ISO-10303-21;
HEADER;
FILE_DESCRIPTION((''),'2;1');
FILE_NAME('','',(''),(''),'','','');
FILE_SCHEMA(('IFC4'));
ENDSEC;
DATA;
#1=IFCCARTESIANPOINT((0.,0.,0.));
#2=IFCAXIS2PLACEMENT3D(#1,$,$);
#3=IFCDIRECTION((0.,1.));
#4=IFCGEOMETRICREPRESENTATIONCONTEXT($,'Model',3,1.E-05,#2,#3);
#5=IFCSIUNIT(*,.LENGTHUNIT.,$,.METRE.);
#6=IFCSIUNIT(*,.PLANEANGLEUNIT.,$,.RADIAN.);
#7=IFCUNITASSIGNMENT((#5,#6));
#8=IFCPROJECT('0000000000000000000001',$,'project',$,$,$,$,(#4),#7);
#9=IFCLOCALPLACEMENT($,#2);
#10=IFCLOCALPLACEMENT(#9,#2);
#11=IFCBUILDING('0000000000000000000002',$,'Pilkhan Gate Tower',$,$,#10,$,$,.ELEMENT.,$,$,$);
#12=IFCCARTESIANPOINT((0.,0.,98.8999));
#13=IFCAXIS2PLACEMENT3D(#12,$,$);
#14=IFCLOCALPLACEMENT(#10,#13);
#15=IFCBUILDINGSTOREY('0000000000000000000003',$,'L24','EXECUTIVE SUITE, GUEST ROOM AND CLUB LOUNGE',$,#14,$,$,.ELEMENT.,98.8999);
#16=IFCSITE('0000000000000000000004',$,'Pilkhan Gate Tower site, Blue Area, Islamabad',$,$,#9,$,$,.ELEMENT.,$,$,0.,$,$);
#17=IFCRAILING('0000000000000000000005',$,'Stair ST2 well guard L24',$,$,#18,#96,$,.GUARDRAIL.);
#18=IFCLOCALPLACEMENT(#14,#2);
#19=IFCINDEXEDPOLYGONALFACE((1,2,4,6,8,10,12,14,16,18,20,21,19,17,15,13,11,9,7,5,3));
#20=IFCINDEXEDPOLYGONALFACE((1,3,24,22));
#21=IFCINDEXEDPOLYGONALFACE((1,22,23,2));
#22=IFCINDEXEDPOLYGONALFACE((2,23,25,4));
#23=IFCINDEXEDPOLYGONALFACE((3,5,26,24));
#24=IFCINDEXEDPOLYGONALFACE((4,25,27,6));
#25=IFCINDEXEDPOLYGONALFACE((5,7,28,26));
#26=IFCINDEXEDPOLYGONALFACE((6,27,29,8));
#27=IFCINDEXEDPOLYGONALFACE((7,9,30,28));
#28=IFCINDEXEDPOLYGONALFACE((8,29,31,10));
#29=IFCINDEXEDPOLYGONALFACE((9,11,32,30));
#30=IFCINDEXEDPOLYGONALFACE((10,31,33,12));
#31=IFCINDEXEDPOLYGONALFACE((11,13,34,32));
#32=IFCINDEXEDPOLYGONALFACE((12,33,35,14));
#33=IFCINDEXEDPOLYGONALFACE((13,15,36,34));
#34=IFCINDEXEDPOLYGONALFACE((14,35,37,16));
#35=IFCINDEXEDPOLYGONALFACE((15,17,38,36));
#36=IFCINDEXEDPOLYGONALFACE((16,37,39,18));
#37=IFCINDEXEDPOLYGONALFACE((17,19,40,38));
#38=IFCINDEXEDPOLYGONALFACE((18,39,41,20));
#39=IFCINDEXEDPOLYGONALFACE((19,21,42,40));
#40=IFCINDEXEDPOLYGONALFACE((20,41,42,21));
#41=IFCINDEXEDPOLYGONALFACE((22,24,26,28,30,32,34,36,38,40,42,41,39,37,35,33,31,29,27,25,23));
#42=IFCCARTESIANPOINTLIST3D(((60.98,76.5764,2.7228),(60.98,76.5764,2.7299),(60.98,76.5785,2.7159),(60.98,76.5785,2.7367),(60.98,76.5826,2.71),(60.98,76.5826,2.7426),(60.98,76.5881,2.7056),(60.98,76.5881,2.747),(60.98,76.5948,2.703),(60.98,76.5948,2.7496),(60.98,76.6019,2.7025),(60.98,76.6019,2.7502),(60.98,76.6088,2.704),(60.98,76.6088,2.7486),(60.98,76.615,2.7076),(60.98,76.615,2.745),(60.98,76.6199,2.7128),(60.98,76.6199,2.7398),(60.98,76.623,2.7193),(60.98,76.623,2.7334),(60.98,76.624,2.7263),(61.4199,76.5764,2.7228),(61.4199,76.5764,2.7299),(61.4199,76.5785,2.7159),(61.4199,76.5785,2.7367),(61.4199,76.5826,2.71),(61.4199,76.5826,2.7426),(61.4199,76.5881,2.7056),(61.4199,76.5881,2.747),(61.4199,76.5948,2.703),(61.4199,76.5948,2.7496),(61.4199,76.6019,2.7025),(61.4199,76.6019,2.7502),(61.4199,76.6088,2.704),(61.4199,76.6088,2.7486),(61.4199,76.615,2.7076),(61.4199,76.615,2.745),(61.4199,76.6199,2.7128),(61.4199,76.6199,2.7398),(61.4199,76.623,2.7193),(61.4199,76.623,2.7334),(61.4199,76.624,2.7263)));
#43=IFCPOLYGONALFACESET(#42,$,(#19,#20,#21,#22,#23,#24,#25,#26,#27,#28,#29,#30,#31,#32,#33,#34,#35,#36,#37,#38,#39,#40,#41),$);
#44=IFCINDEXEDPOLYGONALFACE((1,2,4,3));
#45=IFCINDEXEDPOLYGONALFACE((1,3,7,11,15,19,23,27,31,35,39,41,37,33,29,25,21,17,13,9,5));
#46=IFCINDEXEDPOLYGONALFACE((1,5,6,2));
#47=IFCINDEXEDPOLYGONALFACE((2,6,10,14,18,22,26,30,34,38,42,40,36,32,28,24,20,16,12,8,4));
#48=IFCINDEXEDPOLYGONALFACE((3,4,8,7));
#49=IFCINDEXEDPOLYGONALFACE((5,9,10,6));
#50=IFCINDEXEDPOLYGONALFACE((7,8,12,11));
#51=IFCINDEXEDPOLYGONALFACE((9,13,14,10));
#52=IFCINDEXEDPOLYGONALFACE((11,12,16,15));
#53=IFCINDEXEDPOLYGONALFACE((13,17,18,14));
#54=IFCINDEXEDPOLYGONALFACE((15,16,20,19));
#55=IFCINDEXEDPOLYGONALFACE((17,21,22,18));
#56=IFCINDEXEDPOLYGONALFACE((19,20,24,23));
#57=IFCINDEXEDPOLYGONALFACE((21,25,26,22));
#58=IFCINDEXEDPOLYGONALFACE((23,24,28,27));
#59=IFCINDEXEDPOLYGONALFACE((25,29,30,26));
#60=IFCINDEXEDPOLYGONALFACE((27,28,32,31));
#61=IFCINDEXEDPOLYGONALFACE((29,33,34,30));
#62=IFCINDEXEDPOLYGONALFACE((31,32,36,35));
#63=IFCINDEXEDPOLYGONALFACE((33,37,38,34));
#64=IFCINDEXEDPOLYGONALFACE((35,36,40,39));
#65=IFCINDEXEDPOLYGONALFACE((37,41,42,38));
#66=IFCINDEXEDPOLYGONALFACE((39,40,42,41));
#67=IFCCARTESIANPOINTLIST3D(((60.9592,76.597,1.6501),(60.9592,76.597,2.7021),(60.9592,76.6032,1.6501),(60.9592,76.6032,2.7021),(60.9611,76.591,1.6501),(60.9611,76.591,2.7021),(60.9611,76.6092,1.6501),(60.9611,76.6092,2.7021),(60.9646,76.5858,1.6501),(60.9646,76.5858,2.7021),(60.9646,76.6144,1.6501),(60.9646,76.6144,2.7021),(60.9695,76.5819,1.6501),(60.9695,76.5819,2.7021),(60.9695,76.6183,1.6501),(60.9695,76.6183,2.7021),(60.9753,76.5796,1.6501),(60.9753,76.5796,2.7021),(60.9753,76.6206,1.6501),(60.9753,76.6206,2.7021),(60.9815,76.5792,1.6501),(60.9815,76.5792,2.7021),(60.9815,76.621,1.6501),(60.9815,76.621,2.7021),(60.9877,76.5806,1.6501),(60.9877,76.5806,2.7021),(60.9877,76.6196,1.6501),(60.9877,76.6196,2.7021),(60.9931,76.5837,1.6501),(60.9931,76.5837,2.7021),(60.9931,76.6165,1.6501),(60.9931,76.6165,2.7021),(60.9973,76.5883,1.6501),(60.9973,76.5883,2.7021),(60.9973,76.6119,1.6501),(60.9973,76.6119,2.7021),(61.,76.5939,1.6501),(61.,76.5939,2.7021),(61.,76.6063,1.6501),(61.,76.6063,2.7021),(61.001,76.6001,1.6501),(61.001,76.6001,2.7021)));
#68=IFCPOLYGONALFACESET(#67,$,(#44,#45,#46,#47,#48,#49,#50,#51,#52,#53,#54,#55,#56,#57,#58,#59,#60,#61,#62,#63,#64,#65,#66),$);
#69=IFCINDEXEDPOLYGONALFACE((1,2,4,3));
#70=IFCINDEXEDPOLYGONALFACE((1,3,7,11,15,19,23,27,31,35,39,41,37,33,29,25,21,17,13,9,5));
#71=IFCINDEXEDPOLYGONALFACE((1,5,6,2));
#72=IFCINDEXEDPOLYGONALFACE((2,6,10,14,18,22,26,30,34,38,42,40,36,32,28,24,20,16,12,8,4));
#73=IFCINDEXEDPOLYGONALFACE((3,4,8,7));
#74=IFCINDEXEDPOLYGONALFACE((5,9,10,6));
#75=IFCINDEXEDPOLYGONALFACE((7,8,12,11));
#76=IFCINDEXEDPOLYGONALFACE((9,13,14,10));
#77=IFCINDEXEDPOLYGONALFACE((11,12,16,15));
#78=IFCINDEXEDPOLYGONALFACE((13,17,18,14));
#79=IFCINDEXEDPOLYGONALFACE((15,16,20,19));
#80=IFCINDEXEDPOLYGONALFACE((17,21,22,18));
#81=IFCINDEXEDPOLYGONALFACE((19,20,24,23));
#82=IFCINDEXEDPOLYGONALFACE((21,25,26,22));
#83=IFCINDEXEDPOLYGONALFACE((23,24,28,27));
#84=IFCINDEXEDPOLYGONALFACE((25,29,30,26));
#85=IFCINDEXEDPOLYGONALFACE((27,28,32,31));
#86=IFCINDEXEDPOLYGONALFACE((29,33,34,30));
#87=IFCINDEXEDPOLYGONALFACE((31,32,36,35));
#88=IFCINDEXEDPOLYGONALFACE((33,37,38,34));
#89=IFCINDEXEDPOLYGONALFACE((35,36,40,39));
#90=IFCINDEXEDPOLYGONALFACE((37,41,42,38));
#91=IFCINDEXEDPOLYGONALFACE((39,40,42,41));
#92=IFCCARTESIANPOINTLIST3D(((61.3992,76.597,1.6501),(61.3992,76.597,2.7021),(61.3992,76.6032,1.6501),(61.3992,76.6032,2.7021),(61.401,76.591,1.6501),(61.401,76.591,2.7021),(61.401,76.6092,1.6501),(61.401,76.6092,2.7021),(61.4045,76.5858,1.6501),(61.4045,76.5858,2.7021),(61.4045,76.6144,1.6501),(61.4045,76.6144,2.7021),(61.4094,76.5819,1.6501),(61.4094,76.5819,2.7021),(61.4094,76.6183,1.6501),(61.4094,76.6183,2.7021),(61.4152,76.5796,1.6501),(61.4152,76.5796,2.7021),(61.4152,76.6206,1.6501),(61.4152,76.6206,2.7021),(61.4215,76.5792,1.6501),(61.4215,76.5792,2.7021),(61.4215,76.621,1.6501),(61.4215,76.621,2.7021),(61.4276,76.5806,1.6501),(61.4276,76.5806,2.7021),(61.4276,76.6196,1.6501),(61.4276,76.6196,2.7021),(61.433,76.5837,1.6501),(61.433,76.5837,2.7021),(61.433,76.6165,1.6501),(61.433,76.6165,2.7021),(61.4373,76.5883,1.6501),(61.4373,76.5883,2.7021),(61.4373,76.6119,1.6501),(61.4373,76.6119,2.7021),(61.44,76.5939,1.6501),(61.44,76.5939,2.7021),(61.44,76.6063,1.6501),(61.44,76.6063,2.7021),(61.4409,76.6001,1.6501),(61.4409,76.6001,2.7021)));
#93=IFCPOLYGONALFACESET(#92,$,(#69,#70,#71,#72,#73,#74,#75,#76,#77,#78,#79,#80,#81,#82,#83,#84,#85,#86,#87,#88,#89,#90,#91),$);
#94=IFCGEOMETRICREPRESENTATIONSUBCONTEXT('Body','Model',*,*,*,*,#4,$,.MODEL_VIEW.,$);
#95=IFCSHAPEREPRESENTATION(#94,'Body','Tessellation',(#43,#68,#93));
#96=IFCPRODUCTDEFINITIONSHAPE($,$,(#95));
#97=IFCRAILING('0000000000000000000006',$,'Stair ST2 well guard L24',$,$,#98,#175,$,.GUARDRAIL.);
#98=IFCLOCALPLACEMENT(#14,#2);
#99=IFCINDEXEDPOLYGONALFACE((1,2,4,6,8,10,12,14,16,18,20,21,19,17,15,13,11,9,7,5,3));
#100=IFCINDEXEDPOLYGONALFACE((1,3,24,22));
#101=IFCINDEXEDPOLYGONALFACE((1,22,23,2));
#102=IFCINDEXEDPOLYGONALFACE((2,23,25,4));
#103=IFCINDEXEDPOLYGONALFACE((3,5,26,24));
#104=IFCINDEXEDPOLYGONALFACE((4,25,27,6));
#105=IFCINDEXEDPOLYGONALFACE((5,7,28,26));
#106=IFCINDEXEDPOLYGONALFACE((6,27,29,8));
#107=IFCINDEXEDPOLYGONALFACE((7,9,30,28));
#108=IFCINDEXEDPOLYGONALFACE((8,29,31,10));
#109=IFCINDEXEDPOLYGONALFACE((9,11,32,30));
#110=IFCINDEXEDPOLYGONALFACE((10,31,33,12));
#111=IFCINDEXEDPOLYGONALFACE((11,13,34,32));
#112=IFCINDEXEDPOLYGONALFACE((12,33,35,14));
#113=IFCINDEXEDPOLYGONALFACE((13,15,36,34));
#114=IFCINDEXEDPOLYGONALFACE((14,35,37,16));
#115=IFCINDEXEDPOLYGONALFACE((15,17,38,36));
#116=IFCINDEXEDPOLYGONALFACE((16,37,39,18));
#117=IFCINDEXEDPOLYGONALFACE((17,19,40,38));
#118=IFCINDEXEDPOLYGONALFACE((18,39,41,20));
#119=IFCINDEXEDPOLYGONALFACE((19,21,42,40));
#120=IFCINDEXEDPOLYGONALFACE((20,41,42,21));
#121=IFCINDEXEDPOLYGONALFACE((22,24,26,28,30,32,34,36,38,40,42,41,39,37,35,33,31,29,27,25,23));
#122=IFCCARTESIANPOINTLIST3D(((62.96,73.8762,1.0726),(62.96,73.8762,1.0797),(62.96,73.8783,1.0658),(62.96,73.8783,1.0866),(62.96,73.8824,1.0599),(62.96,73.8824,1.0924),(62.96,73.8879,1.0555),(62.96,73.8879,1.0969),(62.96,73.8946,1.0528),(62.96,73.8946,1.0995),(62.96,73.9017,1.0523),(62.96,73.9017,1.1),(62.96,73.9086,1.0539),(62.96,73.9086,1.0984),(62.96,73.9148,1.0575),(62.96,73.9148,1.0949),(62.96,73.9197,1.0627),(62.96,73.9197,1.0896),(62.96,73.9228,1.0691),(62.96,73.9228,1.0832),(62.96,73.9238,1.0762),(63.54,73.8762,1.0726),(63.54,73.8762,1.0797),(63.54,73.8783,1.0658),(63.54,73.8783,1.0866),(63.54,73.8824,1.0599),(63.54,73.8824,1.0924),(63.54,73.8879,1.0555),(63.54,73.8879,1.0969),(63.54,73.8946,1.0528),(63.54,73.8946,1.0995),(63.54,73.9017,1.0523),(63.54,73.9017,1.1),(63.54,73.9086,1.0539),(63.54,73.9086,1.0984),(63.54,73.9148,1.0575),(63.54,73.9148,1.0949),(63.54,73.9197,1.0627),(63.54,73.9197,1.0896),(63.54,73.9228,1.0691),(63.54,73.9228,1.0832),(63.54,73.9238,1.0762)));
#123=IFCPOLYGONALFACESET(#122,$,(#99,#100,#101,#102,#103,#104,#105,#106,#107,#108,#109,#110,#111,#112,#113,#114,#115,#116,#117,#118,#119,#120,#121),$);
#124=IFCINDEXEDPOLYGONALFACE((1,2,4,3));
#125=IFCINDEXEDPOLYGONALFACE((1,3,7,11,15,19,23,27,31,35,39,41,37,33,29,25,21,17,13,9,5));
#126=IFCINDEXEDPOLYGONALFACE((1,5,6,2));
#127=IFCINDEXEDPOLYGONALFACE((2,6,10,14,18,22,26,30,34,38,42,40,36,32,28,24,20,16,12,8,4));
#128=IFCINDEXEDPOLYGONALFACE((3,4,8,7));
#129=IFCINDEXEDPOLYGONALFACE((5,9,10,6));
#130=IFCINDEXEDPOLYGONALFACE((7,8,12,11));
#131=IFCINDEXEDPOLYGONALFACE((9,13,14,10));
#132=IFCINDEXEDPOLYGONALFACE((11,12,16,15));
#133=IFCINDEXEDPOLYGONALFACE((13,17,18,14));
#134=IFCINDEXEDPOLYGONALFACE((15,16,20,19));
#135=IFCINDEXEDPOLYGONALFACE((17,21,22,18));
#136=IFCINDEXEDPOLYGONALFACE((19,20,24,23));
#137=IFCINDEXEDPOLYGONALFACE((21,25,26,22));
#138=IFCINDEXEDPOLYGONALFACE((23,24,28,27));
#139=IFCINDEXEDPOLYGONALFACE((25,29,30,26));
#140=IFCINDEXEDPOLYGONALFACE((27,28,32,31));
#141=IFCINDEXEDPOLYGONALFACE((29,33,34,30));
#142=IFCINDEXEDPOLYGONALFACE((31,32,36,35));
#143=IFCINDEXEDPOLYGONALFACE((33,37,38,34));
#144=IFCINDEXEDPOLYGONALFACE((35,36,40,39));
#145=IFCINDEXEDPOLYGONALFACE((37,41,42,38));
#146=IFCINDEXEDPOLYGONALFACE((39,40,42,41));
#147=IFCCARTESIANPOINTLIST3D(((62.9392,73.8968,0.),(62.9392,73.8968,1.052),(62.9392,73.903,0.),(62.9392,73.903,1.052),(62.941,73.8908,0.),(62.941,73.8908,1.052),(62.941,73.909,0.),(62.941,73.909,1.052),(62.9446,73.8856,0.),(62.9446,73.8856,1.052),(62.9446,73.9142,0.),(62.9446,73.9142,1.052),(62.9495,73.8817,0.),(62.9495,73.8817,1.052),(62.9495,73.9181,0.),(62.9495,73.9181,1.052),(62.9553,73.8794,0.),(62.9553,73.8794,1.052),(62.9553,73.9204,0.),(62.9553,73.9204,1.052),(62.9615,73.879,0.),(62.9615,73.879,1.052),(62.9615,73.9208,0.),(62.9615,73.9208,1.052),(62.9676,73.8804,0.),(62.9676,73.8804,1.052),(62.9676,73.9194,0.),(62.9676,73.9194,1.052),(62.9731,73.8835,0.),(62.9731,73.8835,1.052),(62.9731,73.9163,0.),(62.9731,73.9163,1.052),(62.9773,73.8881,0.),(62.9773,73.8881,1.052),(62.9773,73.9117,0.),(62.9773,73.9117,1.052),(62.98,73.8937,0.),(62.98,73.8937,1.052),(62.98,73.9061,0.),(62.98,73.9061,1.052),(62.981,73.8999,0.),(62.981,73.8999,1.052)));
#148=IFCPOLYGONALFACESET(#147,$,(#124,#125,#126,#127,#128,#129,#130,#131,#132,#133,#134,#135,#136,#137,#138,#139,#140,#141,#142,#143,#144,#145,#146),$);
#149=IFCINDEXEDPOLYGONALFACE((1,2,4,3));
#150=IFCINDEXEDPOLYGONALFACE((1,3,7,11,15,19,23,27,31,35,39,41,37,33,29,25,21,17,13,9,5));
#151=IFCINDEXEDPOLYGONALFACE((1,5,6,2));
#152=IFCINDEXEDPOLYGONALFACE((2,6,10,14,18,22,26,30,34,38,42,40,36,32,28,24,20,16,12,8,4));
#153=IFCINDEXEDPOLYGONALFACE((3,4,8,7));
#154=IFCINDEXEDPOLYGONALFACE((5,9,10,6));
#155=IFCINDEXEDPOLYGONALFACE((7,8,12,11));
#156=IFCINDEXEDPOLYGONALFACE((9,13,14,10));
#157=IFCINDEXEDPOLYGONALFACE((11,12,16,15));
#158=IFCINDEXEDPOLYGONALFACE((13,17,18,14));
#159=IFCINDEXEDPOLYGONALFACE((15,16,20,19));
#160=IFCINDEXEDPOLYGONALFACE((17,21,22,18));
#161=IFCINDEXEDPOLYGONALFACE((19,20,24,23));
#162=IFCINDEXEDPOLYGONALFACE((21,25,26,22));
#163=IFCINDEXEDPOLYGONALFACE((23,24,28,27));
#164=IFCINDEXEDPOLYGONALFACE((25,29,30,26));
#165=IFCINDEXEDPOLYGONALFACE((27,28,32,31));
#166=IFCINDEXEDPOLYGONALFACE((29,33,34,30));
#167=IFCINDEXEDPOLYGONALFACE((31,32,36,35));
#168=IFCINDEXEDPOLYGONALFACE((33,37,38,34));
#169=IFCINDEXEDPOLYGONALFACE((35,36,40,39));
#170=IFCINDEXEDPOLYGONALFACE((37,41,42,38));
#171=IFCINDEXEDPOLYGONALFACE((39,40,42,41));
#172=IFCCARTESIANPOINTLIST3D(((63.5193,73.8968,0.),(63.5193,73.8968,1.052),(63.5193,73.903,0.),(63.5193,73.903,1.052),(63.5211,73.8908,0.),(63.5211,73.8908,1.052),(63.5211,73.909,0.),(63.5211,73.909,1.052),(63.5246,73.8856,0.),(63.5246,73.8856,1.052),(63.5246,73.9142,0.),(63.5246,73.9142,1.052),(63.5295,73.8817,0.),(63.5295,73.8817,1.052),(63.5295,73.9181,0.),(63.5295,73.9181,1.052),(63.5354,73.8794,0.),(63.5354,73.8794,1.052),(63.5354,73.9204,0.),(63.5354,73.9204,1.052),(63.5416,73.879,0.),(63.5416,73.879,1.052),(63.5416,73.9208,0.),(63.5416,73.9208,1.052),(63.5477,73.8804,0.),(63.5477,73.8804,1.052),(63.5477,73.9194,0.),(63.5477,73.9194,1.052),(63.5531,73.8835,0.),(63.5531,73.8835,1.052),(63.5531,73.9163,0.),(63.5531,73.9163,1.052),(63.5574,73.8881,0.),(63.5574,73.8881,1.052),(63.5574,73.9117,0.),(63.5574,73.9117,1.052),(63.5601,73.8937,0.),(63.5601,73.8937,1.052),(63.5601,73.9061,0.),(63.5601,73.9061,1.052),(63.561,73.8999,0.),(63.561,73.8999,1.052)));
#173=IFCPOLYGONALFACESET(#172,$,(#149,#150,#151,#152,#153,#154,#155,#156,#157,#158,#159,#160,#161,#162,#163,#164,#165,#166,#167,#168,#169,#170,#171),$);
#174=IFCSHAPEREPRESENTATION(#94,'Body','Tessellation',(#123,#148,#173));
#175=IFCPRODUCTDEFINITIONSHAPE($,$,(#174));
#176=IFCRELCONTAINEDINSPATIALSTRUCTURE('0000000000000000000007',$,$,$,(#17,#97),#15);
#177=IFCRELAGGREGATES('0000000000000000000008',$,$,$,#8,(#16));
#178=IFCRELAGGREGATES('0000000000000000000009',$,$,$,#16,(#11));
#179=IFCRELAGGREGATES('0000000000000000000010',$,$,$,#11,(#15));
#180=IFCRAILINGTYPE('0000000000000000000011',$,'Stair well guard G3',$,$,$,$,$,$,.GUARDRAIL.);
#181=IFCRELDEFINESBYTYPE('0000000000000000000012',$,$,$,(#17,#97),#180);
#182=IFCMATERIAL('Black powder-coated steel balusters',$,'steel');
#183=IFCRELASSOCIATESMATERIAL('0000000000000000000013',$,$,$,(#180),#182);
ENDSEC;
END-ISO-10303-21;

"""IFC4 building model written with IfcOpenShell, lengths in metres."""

from ifc_helpers import new_model, si_unit, direction, frame, origin, origin_2d, place, context, subcontext, project, spatial, circle, extrude, material, type_object, element, save


model = new_model("IFC4")

# Units and contexts
model_context = context("Model", 3, precision=1e-05, world=origin(), true_north=direction((0.0, 1.0)))
body_context = subcontext(model_context, "Body", "Model", "MODEL_VIEW")
ifc_project = project(units=[si_unit("LENGTHUNIT", "METRE"), si_unit("PLANEANGLEUNIT", "RADIAN")], contexts=[model_context])

# Site, building, storey
site_placement = place(None, origin())
site = spatial("IfcSite", under=ifc_project, at=site_placement, Name="Pilkhan Gate Tower site, Blue Area, Islamabad", CompositionType="ELEMENT", RefElevation=0.0)
building_placement = place(site_placement, origin())
building = spatial("IfcBuilding", under=site, at=building_placement, Name="Pilkhan Gate Tower", CompositionType="ELEMENT")
storey_placement = place(building_placement, frame((0.0, 0.0, 98.8999)))
storey = spatial("IfcBuildingStorey", under=building, at=storey_placement, Name="L24", Description="EXECUTIVE SUITE, GUEST ROOM AND CLUB LOUNGE", CompositionType="ELEMENT", Elevation=98.8999)

# Railings
ifc_material_1 = material(Name="Black powder-coated steel balusters", Category="steel")
railing_type_1 = type_object("IfcRailingType", Name="Stair well guard G3", PredefinedType="GUARDRAIL", material=ifc_material_1)
railing_1_placement = place(storey_placement, frame((60.98, 76.6001, 1.6501)))
element("IfcRailing", 1, at=railing_1_placement, inside=storey, type_object=railing_type_1, Name="Stair ST2 well guard L24", PredefinedType="GUARDRAIL", context=body_context, shape_type="SweptSolid", body=[
    extrude(circle(Radius=0.0239, at=origin_2d()), frame((0.0, 0.0, 1.0762), z_axis=(1.0, 0.0, 0.0), x_axis=(0.0, 1.0, 0.0)), (0.0, 0.0, 1.0), 0.4399),
    extrude(circle(Radius=0.021, at=origin_2d()), origin(), (0.0, 0.0, 1.0), 1.052),
    extrude(circle(Radius=0.021, at=origin_2d()), frame((0.4399, 0.0, 0.0)), (0.0, 0.0, 1.0), 1.052),
])
for number, where, name in (
    (2, (62.96, 73.8999, 0.0), "Stair ST2 well guard L24"),
):
    element("IfcRailing", number, at=place(storey_placement, frame(where)), inside=storey, type_object=railing_type_1, Name=name, PredefinedType="GUARDRAIL", context=body_context, shape_type="SweptSolid", body=[
        extrude(circle(Radius=0.0239, at=origin_2d()), frame((0.0, 0.0, 1.0762), z_axis=(1.0, 0.0, 0.0), x_axis=(0.0, 1.0, 0.0)), (0.0, 0.0, 1.0), 0.5801),
        extrude(circle(Radius=0.021, at=origin_2d()), origin(), (0.0, 0.0, 1.0), 1.052),
        extrude(circle(Radius=0.021, at=origin_2d()), frame((0.5801, 0.0, 0.0)), (0.0, 0.0, 1.0), 1.052),
    ])

save(model, "model.ifc")
